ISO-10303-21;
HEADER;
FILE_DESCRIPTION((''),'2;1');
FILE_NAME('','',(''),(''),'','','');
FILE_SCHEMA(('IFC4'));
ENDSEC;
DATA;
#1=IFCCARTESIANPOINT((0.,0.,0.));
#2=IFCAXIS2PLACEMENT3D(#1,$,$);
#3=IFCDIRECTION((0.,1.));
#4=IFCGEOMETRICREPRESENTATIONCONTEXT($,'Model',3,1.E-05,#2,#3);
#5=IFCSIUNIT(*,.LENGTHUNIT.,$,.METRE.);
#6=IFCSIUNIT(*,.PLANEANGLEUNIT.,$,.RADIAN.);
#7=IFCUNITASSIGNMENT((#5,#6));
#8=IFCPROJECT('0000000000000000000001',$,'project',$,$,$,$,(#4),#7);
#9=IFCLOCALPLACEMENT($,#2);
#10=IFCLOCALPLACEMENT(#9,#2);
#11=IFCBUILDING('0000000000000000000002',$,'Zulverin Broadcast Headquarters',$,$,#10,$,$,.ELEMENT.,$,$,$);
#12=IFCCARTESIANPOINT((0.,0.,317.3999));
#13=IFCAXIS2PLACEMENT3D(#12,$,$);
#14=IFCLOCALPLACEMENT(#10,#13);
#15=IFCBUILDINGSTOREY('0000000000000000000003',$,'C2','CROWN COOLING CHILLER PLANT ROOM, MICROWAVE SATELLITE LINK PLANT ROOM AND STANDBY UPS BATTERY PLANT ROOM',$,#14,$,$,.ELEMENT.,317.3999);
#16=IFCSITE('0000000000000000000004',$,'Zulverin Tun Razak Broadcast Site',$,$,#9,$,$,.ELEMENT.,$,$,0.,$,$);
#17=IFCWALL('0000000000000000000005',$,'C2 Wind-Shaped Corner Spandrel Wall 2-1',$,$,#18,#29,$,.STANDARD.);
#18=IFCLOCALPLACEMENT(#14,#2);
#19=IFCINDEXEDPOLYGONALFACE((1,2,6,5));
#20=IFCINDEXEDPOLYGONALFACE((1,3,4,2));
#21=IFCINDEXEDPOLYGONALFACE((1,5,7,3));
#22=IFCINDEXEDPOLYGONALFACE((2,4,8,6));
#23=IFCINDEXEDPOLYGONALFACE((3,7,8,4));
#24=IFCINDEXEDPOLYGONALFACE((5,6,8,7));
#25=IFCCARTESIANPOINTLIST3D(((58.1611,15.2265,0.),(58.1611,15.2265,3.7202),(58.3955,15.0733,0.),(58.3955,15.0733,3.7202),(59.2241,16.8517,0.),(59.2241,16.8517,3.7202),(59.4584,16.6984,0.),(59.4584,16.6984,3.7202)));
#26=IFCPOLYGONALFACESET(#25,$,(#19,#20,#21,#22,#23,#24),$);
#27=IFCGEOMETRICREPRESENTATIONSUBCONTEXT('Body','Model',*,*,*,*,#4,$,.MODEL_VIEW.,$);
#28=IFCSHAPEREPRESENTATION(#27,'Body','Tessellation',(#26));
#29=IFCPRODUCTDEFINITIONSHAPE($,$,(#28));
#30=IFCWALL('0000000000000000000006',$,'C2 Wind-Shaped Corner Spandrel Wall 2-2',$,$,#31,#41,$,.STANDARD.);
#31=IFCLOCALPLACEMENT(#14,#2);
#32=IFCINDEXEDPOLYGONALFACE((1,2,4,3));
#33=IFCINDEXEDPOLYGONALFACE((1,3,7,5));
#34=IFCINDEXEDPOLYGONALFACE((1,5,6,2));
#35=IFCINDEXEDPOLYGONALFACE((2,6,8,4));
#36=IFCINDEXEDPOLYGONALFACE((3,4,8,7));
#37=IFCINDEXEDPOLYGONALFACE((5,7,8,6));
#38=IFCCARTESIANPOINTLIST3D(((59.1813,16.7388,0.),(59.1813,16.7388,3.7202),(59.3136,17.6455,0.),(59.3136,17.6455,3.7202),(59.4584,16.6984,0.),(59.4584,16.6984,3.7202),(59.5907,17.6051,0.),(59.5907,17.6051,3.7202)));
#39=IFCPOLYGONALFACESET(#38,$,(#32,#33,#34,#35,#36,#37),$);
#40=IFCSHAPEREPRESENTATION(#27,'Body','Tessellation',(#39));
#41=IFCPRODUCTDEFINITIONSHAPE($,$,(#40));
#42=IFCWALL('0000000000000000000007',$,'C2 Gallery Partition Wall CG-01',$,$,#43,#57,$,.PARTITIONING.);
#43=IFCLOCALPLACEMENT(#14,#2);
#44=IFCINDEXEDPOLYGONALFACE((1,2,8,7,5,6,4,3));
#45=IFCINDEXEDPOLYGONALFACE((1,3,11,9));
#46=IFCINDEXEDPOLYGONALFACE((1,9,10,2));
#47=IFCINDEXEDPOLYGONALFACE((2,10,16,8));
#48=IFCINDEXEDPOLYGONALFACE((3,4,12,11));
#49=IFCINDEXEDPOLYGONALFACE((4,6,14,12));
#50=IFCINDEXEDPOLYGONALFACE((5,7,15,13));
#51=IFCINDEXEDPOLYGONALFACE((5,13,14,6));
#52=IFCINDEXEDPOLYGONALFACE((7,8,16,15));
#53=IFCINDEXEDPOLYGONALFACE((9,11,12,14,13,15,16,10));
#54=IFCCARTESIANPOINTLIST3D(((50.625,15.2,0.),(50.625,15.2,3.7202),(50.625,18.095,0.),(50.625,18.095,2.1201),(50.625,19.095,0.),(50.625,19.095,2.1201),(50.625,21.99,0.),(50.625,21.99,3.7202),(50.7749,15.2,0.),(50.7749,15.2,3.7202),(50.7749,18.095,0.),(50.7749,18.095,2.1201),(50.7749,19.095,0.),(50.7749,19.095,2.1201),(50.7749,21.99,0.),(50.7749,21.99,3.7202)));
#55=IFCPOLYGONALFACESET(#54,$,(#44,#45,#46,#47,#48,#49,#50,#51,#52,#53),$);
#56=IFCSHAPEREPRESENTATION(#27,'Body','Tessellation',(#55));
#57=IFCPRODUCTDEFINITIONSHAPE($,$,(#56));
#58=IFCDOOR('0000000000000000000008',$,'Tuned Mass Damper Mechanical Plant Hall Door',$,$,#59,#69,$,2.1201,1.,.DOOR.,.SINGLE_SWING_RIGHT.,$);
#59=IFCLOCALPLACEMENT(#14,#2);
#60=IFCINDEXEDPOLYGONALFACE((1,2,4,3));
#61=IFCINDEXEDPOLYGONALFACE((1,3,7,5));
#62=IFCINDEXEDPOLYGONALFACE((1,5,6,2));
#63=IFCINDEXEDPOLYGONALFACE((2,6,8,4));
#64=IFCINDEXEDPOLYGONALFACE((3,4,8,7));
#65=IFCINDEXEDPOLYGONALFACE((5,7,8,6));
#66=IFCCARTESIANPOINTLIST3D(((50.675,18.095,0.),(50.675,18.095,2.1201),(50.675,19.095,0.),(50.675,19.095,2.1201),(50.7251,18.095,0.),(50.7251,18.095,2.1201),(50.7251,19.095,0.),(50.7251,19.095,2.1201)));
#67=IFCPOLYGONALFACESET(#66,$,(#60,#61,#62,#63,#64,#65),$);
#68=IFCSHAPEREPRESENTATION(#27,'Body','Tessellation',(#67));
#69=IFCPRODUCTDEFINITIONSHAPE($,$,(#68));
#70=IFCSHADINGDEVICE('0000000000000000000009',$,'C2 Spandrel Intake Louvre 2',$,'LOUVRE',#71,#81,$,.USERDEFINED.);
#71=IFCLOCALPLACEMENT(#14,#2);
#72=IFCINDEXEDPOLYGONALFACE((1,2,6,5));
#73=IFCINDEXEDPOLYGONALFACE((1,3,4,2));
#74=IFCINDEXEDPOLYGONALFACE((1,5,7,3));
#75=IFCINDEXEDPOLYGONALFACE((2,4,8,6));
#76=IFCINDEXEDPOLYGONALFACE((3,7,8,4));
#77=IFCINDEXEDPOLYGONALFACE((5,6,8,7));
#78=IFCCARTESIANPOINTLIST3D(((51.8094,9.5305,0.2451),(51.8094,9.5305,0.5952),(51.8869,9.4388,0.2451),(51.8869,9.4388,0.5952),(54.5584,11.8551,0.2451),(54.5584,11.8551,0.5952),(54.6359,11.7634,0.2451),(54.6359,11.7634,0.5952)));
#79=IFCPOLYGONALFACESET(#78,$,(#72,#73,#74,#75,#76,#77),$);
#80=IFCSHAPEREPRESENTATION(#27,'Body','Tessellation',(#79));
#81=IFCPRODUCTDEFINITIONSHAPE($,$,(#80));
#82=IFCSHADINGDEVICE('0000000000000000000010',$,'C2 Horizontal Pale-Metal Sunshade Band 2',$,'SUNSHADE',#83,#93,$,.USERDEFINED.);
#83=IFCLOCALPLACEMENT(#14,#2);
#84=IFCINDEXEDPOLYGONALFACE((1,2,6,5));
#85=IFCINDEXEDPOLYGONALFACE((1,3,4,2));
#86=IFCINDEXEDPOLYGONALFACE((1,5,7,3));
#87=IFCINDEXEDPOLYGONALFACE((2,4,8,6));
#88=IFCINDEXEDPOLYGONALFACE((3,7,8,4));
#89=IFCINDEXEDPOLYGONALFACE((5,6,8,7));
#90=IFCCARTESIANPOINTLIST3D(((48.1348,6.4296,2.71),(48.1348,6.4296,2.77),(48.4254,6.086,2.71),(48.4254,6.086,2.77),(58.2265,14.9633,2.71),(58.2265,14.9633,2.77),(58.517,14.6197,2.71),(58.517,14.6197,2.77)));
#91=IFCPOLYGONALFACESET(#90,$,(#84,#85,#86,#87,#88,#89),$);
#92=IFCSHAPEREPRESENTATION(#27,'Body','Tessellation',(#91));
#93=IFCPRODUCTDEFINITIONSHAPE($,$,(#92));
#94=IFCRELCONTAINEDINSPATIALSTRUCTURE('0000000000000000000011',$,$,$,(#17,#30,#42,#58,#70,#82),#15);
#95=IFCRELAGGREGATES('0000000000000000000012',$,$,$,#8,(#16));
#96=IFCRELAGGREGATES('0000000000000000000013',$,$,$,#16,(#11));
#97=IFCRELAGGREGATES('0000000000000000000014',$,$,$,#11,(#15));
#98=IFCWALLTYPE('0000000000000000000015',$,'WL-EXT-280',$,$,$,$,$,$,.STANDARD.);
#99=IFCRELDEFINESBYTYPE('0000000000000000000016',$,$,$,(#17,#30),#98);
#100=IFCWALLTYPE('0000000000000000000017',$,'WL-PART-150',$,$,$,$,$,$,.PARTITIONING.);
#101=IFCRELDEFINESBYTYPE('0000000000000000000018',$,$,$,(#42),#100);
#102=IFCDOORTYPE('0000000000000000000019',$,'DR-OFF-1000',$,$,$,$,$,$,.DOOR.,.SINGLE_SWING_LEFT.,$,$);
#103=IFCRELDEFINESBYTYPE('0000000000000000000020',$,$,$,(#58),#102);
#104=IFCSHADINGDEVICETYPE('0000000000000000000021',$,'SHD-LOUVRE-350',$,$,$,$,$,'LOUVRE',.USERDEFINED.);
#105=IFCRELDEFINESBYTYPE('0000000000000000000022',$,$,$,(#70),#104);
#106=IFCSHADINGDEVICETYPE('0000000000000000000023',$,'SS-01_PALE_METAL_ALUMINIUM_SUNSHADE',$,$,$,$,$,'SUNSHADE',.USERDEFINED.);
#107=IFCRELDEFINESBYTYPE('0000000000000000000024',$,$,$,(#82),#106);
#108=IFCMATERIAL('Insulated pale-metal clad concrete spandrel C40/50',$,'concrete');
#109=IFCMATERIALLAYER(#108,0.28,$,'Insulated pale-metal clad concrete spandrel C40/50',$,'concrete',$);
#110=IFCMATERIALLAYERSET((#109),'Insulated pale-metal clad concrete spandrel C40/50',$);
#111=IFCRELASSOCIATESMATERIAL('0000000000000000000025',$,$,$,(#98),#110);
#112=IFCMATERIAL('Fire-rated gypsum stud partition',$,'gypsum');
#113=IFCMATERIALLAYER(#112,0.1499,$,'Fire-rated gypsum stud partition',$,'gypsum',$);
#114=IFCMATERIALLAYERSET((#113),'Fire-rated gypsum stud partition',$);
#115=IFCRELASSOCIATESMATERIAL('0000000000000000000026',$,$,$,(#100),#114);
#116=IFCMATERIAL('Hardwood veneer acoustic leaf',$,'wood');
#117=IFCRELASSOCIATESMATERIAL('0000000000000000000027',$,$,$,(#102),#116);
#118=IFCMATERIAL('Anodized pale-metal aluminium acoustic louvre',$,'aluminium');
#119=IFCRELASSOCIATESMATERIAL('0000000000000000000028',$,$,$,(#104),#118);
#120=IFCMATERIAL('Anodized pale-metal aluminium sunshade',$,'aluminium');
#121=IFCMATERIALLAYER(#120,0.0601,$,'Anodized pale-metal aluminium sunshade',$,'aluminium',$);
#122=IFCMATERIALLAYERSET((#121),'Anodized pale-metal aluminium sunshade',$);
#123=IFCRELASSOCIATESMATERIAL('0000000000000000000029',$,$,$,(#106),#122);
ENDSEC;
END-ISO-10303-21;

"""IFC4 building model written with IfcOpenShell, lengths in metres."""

from ifc_helpers import new_model, si_unit, direction, frame, frame_2d, origin, origin_2d, place, context, subcontext, project, spatial, rectangle, extrude, material, layer, layer_set, type_object, element, fill, save


model = new_model("IFC4")

# Units and contexts
model_context = context("Model", 3, precision=1e-05, world=origin(), true_north=direction((0.0, 1.0)))
body_context = subcontext(model_context, "Body", "Model", "MODEL_VIEW")
ifc_project = project(units=[si_unit("LENGTHUNIT", "METRE"), si_unit("PLANEANGLEUNIT", "RADIAN")], contexts=[model_context])

# Site, building, storey
site_placement = place(None, origin())
site = spatial("IfcSite", under=ifc_project, at=site_placement, Name="Zulverin Tun Razak Broadcast Site", CompositionType="ELEMENT", RefElevation=0.0)
building_placement = place(site_placement, origin())
building = spatial("IfcBuilding", under=site, at=building_placement, Name="Zulverin Broadcast Headquarters", CompositionType="ELEMENT")
storey_placement = place(building_placement, frame((0.0, 0.0, 317.3999)))
storey = spatial("IfcBuildingStorey", under=building, at=storey_placement, Name="C2", Description="CROWN COOLING CHILLER PLANT ROOM, MICROWAVE SATELLITE LINK PLANT ROOM AND STANDBY UPS BATTERY PLANT ROOM", CompositionType="ELEMENT", Elevation=317.3999)

# Walls
ifc_material_1 = material(Name="Insulated pale-metal clad concrete spandrel C40/50", Category="concrete")
ifc_layer_1 = layer(ifc_material_1, 0.28, Name="Insulated pale-metal clad concrete spandrel C40/50", Category="concrete")
ifc_layer_set_1 = layer_set([ifc_layer_1], Name="Insulated pale-metal clad concrete spandrel C40/50")
wall_type_1 = type_object("IfcWallType", Name="WL-EXT-280", PredefinedType="STANDARD", material=ifc_layer_set_1)
wall_1_placement = place(storey_placement, frame((58.2783, 15.1499, 0.0), z_axis=(0.0, 0.0, 1.0), x_axis=(0.547368, 0.836892, 0.0)))
element("IfcWall", 1, at=wall_1_placement, inside=storey, type_object=wall_type_1, Name="C2 Wind-Shaped Corner Spandrel Wall 2-1", PredefinedType="STANDARD", context=body_context, shape_type="SweptSolid", body=[
    extrude(rectangle(XDim=1.9419, YDim=0.28, at=frame_2d((0.9709, 0.0))), origin(), (0.0, 0.0, 1.0), 3.7202),
])
wall_2_placement = place(storey_placement, frame((59.3198, 16.7188, 0.0), z_axis=(0.0, 0.0, 1.0), x_axis=(0.144405, 0.989519, 0.0)))
element("IfcWall", 2, at=wall_2_placement, inside=storey, type_object=wall_type_1, Name="C2 Wind-Shaped Corner Spandrel Wall 2-2", PredefinedType="STANDARD", context=body_context, shape_type="SweptSolid", body=[
    extrude(rectangle(XDim=0.9163, YDim=0.28, at=frame_2d((0.458, 0.0))), origin(), (0.0, 0.0, 1.0), 3.7202),
])

# Wall, opening, door
ifc_material_2 = material(Name="Fire-rated gypsum stud partition", Category="gypsum")
ifc_layer_2 = layer(ifc_material_2, 0.1499, Name="Fire-rated gypsum stud partition", Category="gypsum")
ifc_layer_set_2 = layer_set([ifc_layer_2], Name="Fire-rated gypsum stud partition")
wall_type_2 = type_object("IfcWallType", Name="WL-PART-150", PredefinedType="PARTITIONING", material=ifc_layer_set_2)
wall_3_placement = place(storey_placement, frame((50.7, 15.2, 0.0), z_axis=(0.0, 0.0, 1.0), x_axis=(0.0, 1.0, 0.0)))
wall_3 = element("IfcWall", 3, at=wall_3_placement, inside=storey, type_object=wall_type_2, Name="C2 Gallery Partition Wall CG-01", PredefinedType="PARTITIONING", context=body_context, shape_type="SweptSolid", body=[
    extrude(rectangle(XDim=6.79, YDim=0.1499, at=frame_2d((3.395, 0.0))), origin(), (0.0, 0.0, 1.0), 3.7202),
])
opening_1_placement = place(wall_3_placement, frame((2.895, 0.0, 0.0)))
opening_1 = element("IfcOpeningElement", 4, at=opening_1_placement, cuts=wall_3, PredefinedType="OPENING", context=body_context, shape_type="SweptSolid", body=[
    extrude(rectangle(XDim=1.0, YDim=2.1201, at=frame_2d((0.5, 1.0601))), frame((0.0, 0.085, 0.0), z_axis=(0.0, -1.0, 0.0), x_axis=(1.0, 0.0, 0.0)), (0.0, 0.0, 1.0), 0.1699),
])
ifc_material_3 = material(Name="Hardwood veneer acoustic leaf", Category="wood")
door_type_1 = type_object("IfcDoorType", Name="DR-OFF-1000", OperationType="SINGLE_SWING_LEFT", PredefinedType="DOOR", material=ifc_material_3)
door_1_placement = place(opening_1_placement, origin())
door_1 = element("IfcDoor", 5, at=door_1_placement, inside=storey, type_object=door_type_1, Name="Tuned Mass Damper Mechanical Plant Hall Door", OperationType="SINGLE_SWING_RIGHT", OverallHeight=2.1201, OverallWidth=1.0, PredefinedType="DOOR", context=body_context, shape_type="SweptSolid", body=[
    extrude(rectangle(XDim=1.0, YDim=2.1201, at=frame_2d((0.5, 1.0601))), frame((0.0, 0.0249, 0.0), z_axis=(0.0, -1.0, 0.0), x_axis=(1.0, 0.0, 0.0)), (0.0, 0.0, 1.0), 0.05),
])
fill(opening_1, door_1)

# Shading devices
ifc_material_4 = material(Name="Anodized pale-metal aluminium acoustic louvre", Category="aluminium")
shading_device_type_1 = type_object("IfcShadingDeviceType", Name="SHD-LOUVRE-350", ElementType="LOUVRE", PredefinedType="USERDEFINED", material=ifc_material_4)
shading_device_1_placement = place(storey_placement, frame((53.2227, 10.647, 0.2451), z_axis=(0.0, 0.0, 1.0), x_axis=(0.763588, 0.645704, 0.0)))
element("IfcShadingDevice", 6, at=shading_device_1_placement, inside=storey, type_object=shading_device_type_1, Name="C2 Spandrel Intake Louvre 2", ObjectType="LOUVRE", PredefinedType="USERDEFINED", context=body_context, shape_type="SweptSolid", body=[
    extrude(rectangle(XDim=3.6001, YDim=0.1201, at=origin_2d()), origin(), (0.0, 0.0, 1.0), 0.3501),
])
ifc_material_5 = material(Name="Anodized pale-metal aluminium sunshade", Category="aluminium")
ifc_layer_3 = layer(ifc_material_5, 0.0601, Name="Anodized pale-metal aluminium sunshade", Category="aluminium")
ifc_layer_set_3 = layer_set([ifc_layer_3], Name="Anodized pale-metal aluminium sunshade")
shading_device_type_2 = type_object("IfcShadingDeviceType", Name="SS-01_PALE_METAL_ALUMINIUM_SUNSHADE", ElementType="SUNSHADE", PredefinedType="USERDEFINED", material=ifc_layer_set_3)
shading_device_2_placement = place(storey_placement, frame((53.3259, 10.5247, 2.71), z_axis=(0.0, 0.0, 1.0), x_axis=(0.763588, 0.645704, 0.0)))
element("IfcShadingDevice", 7, at=shading_device_2_placement, inside=storey, type_object=shading_device_type_2, Name="C2 Horizontal Pale-Metal Sunshade Band 2", ObjectType="SUNSHADE", PredefinedType="USERDEFINED", context=body_context, shape_type="SweptSolid", body=[
    extrude(rectangle(XDim=13.2161, YDim=0.45, at=origin_2d()), origin(), (0.0, 0.0, 1.0), 0.0601),
])

save(model, "model.ifc")
